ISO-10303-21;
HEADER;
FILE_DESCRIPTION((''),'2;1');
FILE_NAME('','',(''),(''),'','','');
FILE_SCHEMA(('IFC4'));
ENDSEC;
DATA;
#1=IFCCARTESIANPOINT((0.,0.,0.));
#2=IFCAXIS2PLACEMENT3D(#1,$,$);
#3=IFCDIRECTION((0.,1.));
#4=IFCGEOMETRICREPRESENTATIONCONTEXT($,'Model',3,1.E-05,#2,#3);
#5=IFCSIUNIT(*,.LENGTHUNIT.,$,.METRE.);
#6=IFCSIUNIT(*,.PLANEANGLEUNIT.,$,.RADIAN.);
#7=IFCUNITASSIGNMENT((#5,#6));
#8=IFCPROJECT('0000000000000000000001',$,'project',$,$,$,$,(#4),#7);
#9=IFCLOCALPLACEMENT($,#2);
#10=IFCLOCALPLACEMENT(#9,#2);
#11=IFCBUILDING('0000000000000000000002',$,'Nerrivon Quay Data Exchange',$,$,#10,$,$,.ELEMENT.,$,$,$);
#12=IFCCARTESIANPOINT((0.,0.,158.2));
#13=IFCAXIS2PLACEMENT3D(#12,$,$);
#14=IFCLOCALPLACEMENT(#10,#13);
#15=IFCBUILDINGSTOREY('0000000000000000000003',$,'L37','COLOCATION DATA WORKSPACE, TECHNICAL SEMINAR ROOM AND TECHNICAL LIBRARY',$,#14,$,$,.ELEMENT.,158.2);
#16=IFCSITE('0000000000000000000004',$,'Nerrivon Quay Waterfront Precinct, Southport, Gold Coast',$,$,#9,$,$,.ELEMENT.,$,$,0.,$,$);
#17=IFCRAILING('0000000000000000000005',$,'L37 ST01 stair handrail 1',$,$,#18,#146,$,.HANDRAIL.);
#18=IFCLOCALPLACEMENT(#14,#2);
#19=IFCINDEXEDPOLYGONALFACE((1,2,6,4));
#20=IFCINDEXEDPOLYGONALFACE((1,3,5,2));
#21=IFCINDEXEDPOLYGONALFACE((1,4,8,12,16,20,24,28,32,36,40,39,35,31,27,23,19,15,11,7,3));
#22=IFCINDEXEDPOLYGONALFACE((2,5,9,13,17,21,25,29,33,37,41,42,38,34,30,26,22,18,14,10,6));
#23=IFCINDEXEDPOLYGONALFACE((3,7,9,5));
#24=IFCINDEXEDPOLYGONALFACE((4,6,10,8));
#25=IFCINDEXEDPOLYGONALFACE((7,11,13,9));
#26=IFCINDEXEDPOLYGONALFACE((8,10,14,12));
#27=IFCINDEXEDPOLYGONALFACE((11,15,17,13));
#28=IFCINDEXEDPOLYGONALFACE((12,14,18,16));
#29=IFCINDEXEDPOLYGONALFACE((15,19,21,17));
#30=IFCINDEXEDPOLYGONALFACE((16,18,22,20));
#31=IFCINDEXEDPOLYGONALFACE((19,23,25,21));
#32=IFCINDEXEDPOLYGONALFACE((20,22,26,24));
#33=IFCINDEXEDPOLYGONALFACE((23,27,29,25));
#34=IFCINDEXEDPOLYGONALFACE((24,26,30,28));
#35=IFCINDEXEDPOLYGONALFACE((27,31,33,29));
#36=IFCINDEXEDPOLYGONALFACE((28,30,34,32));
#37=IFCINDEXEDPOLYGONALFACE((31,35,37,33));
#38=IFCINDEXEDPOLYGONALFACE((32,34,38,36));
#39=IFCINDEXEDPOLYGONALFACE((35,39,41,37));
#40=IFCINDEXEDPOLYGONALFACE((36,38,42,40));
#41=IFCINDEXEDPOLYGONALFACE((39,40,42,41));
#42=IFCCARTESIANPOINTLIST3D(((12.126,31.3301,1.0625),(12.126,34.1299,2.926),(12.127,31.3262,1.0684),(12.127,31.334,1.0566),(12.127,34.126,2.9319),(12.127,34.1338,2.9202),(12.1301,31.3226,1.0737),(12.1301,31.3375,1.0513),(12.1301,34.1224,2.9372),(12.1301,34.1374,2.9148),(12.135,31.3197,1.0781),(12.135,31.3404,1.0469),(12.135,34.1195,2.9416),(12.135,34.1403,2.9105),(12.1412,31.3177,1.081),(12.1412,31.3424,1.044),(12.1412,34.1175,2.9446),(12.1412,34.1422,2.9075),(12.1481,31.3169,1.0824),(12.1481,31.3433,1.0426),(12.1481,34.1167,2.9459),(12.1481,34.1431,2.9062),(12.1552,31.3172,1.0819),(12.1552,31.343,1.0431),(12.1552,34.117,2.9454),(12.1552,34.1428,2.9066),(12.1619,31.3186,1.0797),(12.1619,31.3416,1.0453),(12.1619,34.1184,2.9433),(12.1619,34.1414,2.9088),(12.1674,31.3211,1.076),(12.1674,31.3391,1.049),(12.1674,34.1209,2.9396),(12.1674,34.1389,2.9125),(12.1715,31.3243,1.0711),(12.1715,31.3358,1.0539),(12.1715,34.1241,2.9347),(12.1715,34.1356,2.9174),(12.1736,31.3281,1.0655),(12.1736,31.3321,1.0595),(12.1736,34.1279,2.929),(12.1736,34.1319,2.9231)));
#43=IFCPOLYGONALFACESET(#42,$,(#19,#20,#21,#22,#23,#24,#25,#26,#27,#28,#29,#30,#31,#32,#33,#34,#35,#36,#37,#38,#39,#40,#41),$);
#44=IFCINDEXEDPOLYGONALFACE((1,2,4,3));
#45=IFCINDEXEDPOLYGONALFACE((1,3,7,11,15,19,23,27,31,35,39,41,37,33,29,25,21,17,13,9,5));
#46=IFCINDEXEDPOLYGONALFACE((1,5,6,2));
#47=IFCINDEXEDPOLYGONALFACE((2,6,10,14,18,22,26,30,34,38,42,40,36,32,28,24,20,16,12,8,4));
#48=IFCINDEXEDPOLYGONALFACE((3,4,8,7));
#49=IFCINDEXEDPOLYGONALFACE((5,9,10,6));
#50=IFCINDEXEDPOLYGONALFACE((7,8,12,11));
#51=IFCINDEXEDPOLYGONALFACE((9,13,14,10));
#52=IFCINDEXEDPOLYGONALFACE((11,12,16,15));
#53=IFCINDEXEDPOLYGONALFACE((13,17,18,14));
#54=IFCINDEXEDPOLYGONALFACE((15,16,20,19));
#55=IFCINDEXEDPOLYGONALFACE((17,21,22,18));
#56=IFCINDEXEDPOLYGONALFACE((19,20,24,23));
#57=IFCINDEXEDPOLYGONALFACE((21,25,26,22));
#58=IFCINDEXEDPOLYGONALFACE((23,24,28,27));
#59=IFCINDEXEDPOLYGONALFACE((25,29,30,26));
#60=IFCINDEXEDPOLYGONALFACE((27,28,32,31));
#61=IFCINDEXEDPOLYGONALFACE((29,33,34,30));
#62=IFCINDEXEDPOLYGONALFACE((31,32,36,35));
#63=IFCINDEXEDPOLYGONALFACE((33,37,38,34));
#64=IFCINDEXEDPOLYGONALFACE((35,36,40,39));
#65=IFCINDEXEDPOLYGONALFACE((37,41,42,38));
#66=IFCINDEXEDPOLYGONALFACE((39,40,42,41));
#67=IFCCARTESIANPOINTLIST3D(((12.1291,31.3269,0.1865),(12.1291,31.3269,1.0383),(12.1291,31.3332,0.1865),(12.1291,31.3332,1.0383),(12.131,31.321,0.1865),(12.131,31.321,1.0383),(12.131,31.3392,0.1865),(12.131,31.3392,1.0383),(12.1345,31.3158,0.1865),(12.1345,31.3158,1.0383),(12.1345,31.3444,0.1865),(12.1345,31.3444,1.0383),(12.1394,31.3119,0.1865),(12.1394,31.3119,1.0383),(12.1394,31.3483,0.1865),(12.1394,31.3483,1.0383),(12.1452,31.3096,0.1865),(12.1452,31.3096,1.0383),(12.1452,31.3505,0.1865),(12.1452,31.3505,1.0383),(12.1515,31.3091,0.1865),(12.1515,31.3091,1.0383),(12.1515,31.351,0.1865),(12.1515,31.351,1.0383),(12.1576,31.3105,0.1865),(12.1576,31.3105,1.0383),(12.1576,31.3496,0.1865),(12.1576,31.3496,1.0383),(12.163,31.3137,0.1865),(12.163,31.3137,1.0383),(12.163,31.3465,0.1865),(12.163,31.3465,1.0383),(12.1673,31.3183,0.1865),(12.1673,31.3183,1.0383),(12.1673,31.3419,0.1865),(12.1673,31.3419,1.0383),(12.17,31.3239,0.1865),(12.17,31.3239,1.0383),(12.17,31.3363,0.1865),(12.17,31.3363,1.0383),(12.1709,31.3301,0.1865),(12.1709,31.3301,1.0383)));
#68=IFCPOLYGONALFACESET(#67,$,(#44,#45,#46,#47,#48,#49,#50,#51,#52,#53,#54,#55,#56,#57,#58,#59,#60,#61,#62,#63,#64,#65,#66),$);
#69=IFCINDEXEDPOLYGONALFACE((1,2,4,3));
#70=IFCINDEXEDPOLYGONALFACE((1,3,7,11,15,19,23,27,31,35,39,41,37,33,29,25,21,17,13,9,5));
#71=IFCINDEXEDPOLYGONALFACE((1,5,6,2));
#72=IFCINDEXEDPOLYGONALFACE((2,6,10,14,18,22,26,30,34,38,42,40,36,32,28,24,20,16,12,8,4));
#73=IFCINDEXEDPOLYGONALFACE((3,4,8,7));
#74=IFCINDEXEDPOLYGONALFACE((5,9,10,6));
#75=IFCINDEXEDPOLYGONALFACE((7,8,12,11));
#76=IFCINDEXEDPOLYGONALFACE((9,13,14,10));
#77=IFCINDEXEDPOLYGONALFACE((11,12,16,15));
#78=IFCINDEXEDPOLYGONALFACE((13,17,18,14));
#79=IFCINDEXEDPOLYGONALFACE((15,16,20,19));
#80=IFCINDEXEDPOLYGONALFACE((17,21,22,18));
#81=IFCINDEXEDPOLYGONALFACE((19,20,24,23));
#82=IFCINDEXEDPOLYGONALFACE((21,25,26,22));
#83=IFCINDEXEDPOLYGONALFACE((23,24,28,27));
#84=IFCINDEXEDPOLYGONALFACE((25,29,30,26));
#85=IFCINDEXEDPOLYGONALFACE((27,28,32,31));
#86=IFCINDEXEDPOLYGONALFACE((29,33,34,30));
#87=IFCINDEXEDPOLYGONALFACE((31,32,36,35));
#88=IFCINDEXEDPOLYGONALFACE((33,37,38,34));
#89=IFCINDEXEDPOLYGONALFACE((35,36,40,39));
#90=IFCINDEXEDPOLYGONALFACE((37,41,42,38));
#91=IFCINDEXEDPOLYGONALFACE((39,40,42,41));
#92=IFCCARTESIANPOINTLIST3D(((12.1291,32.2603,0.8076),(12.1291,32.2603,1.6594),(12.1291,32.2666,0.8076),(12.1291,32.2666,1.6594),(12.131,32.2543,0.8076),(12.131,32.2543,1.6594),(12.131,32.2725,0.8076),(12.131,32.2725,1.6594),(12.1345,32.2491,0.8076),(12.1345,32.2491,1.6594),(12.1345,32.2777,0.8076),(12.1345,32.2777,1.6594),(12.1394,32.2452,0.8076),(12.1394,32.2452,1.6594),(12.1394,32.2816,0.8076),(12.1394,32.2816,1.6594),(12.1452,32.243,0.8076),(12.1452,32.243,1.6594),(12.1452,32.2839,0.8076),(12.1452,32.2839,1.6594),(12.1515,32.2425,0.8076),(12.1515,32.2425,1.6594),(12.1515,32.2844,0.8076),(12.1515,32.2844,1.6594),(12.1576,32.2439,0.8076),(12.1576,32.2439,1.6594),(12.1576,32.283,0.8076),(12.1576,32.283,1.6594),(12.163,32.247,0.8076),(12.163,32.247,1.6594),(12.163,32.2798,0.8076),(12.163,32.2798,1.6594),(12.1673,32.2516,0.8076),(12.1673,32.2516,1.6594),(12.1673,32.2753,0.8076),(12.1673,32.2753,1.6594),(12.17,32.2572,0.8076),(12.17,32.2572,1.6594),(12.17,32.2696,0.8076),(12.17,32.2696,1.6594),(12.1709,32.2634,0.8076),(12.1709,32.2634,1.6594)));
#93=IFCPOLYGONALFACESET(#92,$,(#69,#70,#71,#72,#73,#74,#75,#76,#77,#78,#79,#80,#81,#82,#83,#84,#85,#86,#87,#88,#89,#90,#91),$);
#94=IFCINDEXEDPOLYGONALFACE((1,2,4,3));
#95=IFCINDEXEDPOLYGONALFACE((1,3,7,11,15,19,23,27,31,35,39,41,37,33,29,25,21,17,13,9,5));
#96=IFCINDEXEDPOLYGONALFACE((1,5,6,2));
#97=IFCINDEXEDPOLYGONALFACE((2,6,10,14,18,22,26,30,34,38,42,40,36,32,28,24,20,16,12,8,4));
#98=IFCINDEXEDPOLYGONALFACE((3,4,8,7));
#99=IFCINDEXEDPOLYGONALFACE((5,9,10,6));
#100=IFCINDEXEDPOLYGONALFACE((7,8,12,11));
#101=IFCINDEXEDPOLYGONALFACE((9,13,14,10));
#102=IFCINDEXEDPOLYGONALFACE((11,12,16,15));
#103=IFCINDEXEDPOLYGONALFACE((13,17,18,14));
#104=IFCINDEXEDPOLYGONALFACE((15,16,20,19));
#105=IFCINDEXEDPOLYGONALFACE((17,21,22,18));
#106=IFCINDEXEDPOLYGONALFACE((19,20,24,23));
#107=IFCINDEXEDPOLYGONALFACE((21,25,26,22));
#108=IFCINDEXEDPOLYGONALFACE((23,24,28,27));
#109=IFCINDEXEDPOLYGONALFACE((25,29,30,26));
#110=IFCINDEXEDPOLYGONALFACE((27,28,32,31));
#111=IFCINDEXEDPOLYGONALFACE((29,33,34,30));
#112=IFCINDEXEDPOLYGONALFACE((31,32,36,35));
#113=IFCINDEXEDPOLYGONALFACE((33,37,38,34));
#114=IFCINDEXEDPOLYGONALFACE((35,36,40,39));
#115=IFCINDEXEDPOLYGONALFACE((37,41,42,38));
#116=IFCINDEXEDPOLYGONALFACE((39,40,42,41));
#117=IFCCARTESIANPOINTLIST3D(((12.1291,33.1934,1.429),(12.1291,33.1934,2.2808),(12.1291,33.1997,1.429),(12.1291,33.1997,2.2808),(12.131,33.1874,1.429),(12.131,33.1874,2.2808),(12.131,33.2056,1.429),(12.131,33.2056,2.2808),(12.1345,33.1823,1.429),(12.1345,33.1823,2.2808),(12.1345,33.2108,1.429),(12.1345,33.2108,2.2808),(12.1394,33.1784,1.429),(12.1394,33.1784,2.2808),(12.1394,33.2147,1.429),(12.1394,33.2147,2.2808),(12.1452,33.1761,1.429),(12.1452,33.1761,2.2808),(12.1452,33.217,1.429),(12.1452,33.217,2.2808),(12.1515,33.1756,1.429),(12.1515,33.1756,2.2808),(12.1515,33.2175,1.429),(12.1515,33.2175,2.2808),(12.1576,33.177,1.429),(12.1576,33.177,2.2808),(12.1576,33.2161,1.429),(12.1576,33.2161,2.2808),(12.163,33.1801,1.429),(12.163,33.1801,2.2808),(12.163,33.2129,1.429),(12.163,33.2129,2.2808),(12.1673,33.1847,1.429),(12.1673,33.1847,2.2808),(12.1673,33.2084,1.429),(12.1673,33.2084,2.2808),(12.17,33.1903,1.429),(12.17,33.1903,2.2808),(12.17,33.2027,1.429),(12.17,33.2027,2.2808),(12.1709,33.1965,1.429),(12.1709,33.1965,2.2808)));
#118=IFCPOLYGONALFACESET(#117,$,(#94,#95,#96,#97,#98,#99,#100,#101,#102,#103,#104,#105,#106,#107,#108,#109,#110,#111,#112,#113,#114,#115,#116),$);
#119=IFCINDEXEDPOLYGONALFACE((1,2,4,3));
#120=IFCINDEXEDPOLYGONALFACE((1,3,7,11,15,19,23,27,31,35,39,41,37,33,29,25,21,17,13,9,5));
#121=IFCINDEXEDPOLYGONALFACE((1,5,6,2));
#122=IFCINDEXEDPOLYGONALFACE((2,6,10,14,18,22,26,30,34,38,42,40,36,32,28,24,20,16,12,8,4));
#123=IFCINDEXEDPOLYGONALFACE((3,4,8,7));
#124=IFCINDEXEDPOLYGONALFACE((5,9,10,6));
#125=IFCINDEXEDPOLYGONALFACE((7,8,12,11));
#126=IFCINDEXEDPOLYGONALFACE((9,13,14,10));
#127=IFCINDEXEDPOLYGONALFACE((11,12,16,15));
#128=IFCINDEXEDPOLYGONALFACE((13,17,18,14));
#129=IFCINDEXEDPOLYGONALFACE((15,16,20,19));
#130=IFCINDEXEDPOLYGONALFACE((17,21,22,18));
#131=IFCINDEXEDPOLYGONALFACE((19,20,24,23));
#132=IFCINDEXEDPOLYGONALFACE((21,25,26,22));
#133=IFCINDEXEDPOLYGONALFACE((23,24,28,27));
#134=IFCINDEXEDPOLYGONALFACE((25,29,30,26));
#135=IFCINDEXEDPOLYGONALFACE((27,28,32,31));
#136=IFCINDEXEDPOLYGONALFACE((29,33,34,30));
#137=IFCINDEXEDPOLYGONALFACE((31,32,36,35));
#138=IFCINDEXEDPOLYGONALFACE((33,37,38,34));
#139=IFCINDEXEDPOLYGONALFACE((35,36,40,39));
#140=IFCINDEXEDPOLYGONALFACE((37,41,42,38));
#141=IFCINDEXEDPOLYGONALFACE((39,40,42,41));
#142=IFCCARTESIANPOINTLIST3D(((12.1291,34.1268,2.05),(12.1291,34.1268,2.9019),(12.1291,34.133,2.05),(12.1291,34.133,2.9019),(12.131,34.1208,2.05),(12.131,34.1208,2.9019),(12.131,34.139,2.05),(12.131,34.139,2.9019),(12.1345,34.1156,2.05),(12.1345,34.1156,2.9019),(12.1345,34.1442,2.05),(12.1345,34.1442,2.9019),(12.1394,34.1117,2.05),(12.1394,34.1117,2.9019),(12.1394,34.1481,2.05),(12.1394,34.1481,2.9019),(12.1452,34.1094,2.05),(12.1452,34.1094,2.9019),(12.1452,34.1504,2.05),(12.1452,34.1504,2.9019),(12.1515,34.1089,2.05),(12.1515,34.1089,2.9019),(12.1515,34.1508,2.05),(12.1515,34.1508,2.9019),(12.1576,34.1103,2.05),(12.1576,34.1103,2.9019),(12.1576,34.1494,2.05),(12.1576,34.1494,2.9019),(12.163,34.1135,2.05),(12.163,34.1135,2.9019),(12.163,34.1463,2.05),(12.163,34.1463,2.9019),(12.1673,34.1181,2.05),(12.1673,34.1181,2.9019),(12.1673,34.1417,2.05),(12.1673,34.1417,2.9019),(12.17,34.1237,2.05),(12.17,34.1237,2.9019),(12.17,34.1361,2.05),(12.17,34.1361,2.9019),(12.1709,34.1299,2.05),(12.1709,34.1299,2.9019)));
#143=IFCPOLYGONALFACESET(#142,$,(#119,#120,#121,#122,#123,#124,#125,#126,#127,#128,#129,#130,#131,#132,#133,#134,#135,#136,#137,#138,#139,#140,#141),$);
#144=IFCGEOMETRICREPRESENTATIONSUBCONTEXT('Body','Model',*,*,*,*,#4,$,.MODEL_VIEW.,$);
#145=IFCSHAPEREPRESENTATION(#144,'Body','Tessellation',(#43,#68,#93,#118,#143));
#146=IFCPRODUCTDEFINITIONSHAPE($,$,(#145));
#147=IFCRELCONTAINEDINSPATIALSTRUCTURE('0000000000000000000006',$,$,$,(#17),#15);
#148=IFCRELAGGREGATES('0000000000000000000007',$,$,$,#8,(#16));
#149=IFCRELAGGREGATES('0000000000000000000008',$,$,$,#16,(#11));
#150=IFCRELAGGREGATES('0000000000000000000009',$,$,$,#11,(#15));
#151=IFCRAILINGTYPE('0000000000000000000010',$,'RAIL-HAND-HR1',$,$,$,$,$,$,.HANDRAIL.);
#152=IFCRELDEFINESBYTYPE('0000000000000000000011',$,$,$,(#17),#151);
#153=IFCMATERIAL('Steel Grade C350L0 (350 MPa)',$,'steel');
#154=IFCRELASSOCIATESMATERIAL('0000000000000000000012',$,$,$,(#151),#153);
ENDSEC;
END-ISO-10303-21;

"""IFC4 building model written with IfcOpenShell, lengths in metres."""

from ifc_helpers import new_model, si_unit, direction, frame, origin, origin_2d, place, context, subcontext, project, spatial, circle, extrude, material, type_object, element, save


model = new_model("IFC4")

# Units and contexts
model_context = context("Model", 3, precision=1e-05, world=origin(), true_north=direction((0.0, 1.0)))
body_context = subcontext(model_context, "Body", "Model", "MODEL_VIEW")
ifc_project = project(units=[si_unit("LENGTHUNIT", "METRE"), si_unit("PLANEANGLEUNIT", "RADIAN")], contexts=[model_context])

# Site, building, storey
site_placement = place(None, origin())
site = spatial("IfcSite", under=ifc_project, at=site_placement, Name="Nerrivon Quay Waterfront Precinct, Southport, Gold Coast", CompositionType="ELEMENT", RefElevation=0.0)
building_placement = place(site_placement, origin())
building = spatial("IfcBuilding", under=site, at=building_placement, Name="Nerrivon Quay Data Exchange", CompositionType="ELEMENT")
storey_placement = place(building_placement, frame((0.0, 0.0, 158.2)))
storey = spatial("IfcBuildingStorey", under=building, at=storey_placement, Name="L37", Description="COLOCATION DATA WORKSPACE, TECHNICAL SEMINAR ROOM AND TECHNICAL LIBRARY", CompositionType="ELEMENT", Elevation=158.2)

# Railing
ifc_material_1 = material(Name="Steel Grade C350L0 (350 MPa)", Category="steel")
railing_type_1 = type_object("IfcRailingType", Name="RAIL-HAND-HR1", PredefinedType="HANDRAIL", material=ifc_material_1)
railing_1_placement = place(storey_placement, frame((12.1499, 31.3301, 0.1865)))
element("IfcRailing", 1, at=railing_1_placement, inside=storey, type_object=railing_type_1, Name="L37 ST01 stair handrail 1", PredefinedType="HANDRAIL", context=body_context, shape_type="SweptSolid", body=[
    extrude(circle(Radius=0.0239, at=origin_2d()), frame((0.0, 0.0, 0.876), z_axis=(0.0, 0.832463, 0.55408), x_axis=(-1.0, 0.0, 0.0)), (0.0, 0.0, 1.0), 3.3633),
    extrude(circle(Radius=0.021, at=origin_2d()), origin(), (0.0, 0.0, 1.0), 0.8518),
    extrude(circle(Radius=0.021, at=origin_2d()), frame((0.0, 0.9333, 0.6211)), (0.0, 0.0, 1.0), 0.8518),
    extrude(circle(Radius=0.021, at=origin_2d()), frame((0.0, 1.8665, 1.2424)), (0.0, 0.0, 1.0), 0.8518),
    extrude(circle(Radius=0.021, at=origin_2d()), frame((0.0, 2.7998, 1.8635)), (0.0, 0.0, 1.0), 0.8518),
])

save(model, "model.ifc")
